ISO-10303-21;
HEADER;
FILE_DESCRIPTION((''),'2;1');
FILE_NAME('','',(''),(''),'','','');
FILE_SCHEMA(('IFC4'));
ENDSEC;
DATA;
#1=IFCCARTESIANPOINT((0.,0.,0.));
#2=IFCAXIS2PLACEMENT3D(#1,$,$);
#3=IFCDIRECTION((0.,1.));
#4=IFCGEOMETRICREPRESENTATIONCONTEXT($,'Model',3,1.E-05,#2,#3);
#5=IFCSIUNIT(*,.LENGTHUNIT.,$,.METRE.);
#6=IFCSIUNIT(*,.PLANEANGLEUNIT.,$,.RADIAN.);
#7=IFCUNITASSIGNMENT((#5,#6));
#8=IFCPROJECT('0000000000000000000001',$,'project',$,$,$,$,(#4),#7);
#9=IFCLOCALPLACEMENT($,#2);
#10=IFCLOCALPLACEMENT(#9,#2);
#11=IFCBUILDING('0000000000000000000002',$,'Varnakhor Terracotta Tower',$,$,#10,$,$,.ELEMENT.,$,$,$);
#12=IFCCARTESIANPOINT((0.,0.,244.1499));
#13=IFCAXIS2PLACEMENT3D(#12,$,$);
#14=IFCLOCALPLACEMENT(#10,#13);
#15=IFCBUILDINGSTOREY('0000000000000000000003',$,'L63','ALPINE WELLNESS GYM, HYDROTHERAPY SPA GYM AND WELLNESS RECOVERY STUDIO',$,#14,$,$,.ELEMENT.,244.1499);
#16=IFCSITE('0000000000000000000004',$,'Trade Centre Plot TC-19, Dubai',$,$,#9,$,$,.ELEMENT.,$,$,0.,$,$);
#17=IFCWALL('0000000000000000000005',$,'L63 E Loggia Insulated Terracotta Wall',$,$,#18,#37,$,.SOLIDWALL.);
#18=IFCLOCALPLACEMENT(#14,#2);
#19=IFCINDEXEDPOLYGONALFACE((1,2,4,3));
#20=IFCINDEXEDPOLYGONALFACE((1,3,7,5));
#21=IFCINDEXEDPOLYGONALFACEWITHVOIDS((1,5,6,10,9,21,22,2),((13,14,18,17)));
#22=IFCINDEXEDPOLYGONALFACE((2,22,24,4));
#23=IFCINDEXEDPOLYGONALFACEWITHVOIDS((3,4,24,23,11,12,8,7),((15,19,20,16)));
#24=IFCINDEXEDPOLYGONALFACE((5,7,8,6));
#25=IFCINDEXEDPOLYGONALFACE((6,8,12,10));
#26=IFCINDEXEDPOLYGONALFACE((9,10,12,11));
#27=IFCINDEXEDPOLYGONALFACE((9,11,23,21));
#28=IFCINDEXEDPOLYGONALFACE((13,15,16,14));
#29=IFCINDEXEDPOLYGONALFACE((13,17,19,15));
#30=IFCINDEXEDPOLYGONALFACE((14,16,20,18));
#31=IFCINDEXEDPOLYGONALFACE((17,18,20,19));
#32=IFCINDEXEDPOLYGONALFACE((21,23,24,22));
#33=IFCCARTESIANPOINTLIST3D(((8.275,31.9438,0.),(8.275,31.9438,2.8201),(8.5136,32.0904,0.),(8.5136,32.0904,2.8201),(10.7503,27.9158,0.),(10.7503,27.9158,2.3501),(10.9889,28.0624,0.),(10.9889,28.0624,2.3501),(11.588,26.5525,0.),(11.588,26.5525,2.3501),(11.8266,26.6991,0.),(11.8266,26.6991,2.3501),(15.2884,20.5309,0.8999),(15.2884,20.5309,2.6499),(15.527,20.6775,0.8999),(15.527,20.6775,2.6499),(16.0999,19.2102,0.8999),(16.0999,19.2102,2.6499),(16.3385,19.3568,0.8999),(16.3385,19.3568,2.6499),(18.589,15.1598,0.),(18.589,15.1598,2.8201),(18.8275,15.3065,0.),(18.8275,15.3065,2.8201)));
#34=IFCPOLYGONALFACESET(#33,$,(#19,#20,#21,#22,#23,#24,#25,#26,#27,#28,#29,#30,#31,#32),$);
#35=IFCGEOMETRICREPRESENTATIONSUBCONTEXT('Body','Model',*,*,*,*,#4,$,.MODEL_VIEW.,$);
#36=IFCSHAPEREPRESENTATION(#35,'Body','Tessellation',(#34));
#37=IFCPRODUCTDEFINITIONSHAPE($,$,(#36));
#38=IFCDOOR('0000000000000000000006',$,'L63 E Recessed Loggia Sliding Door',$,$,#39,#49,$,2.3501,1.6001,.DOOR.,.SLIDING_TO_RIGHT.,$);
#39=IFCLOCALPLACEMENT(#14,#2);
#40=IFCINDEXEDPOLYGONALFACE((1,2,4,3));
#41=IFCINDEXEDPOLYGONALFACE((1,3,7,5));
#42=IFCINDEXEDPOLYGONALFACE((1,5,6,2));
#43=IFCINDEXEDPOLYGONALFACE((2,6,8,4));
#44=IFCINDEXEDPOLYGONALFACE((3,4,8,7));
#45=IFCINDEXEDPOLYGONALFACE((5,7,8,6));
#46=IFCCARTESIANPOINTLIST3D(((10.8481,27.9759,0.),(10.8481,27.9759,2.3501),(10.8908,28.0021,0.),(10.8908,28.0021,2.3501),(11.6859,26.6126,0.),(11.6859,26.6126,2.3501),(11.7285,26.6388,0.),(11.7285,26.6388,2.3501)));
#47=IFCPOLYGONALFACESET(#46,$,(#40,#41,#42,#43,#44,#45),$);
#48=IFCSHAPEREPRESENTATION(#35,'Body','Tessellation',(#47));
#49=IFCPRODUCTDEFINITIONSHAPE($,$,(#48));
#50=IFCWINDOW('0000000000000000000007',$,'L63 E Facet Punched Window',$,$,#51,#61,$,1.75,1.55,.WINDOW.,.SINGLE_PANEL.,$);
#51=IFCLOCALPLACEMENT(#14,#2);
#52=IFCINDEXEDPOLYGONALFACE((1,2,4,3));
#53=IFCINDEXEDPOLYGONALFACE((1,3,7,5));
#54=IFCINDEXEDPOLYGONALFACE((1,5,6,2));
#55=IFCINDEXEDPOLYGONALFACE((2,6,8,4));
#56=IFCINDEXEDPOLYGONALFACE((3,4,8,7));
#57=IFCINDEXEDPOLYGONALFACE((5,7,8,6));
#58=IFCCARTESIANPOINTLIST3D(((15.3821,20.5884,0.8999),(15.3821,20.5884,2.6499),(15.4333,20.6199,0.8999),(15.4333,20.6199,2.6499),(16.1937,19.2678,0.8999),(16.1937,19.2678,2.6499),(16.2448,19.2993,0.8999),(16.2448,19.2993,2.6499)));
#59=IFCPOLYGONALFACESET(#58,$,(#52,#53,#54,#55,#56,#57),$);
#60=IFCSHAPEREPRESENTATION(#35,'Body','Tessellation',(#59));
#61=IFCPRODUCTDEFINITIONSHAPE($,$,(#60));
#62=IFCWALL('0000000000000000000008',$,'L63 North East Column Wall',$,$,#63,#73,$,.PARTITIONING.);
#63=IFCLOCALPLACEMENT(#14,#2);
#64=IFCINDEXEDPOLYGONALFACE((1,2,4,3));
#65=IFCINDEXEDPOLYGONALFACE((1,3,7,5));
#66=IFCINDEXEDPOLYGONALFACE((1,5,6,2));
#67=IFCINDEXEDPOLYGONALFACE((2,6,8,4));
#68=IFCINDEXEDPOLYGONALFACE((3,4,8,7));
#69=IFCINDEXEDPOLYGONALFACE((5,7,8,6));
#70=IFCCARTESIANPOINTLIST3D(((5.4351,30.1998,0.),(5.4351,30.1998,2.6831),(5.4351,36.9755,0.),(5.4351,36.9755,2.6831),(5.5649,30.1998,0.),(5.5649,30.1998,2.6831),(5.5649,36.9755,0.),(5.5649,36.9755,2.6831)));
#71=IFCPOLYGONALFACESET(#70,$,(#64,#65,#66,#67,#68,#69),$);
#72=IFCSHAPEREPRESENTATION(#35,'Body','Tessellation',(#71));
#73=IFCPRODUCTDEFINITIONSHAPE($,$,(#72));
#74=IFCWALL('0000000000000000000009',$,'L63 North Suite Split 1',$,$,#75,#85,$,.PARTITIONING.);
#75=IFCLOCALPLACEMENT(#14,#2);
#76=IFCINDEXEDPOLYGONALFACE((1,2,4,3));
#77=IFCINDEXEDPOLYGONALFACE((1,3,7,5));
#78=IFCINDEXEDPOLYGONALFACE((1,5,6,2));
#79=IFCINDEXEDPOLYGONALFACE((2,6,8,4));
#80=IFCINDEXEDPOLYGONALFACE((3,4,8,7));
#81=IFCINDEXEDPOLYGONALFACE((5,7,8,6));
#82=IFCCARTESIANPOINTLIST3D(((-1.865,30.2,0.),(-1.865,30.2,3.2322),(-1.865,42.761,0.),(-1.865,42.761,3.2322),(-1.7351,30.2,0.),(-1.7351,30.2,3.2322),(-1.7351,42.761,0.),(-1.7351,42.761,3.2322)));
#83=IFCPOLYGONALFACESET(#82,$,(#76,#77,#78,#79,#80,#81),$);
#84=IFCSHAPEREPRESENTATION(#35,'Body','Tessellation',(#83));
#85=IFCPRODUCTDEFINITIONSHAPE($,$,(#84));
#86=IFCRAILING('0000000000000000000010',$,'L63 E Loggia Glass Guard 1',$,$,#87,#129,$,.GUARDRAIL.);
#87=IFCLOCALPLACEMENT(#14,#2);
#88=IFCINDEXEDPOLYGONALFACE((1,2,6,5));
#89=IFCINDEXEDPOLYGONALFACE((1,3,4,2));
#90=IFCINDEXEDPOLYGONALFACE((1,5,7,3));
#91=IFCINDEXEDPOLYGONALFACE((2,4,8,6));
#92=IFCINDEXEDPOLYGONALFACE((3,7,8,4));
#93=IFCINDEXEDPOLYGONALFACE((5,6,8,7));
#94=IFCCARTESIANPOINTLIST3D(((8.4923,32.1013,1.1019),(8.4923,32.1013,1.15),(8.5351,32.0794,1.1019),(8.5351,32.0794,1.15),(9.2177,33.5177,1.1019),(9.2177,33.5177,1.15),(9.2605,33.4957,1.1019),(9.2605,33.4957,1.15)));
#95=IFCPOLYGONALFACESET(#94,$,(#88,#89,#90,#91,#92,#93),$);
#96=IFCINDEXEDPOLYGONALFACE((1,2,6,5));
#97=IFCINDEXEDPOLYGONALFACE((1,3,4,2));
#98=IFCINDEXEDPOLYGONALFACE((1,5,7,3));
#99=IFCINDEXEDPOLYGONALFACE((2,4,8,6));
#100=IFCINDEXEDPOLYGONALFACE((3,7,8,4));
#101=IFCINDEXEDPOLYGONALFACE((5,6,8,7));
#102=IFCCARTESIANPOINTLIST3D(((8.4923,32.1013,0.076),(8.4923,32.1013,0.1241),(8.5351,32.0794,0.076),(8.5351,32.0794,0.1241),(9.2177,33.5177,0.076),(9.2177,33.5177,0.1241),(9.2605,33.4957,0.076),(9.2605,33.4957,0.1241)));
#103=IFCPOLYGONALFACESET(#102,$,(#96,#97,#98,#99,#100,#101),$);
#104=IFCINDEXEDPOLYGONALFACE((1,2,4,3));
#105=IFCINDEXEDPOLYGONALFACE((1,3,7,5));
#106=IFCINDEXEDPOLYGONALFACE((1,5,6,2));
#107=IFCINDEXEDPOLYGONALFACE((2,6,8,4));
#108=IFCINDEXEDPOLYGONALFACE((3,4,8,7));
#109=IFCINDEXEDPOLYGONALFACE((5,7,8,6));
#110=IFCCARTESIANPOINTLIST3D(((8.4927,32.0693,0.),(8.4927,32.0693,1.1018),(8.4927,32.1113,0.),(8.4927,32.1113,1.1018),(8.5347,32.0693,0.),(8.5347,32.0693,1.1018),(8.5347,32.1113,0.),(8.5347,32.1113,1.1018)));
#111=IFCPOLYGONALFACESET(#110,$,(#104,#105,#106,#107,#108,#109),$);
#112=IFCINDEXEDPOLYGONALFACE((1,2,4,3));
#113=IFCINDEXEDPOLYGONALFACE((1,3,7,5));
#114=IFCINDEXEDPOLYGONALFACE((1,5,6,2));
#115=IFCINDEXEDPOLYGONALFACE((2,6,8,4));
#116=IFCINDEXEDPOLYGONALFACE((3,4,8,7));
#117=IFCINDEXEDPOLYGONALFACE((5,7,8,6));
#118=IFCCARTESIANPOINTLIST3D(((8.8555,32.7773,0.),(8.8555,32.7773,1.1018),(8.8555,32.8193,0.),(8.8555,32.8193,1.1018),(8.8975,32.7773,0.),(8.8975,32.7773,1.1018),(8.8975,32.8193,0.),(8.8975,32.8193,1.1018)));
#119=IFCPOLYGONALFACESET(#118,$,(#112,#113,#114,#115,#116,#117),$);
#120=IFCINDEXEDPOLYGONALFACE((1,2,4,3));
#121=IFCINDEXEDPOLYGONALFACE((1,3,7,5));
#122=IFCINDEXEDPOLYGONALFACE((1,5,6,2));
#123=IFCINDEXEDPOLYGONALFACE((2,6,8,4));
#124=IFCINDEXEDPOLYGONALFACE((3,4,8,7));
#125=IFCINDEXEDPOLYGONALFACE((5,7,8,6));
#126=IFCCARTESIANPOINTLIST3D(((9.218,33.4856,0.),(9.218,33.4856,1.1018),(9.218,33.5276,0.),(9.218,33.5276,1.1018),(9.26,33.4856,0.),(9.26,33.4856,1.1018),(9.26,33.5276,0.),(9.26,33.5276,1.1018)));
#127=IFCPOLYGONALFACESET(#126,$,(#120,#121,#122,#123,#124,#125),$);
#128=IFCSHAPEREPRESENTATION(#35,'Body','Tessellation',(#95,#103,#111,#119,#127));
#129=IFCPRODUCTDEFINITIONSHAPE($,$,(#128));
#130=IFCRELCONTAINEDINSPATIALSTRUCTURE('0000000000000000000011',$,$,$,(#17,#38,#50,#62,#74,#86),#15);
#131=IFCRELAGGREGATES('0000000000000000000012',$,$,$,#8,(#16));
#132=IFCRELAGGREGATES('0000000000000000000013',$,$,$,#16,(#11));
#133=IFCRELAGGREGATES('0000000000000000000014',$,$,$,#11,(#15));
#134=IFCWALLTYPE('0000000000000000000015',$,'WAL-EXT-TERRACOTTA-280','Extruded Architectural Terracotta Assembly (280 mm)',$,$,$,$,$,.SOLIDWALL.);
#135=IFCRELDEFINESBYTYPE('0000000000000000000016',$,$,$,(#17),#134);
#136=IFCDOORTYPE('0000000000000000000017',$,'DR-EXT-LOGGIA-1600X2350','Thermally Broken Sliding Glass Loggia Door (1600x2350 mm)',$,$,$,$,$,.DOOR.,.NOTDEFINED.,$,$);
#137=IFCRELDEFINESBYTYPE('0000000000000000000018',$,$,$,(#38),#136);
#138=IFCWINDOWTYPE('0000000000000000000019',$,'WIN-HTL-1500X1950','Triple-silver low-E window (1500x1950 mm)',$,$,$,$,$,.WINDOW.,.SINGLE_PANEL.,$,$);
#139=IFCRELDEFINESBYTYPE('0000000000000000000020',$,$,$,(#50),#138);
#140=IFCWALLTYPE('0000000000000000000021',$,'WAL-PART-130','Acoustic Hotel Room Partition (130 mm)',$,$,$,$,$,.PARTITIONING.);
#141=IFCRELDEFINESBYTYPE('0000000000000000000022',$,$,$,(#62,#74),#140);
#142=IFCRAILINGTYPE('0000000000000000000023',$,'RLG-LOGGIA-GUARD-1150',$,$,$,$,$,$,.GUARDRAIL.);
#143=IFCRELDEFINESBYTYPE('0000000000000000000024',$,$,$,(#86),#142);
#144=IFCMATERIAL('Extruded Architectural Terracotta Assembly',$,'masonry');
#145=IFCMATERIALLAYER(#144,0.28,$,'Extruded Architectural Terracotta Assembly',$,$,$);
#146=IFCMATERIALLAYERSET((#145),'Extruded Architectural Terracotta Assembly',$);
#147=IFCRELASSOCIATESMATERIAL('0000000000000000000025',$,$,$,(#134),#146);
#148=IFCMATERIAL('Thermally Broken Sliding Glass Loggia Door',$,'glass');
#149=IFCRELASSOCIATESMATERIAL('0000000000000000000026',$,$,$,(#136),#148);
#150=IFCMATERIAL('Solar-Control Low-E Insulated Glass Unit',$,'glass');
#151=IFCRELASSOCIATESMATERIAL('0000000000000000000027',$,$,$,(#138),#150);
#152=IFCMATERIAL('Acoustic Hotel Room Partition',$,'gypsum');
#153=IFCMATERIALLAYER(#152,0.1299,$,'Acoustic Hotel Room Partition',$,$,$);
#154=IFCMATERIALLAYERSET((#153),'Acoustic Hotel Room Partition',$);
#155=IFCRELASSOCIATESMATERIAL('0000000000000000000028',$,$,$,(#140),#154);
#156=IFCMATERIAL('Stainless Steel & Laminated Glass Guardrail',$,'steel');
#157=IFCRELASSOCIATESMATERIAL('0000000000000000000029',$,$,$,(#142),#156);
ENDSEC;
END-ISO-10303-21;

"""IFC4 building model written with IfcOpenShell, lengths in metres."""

from ifc_helpers import new_model, si_unit, direction, frame, frame_2d, origin, origin_2d, place, context, subcontext, project, spatial, rectangle, extrude, source, transform, mapped, material, layer, layer_set, type_object, type_shapes, element, fill, save


model = new_model("IFC4")

# Units and contexts
model_context = context("Model", 3, precision=1e-05, world=origin(), true_north=direction((0.0, 1.0)))
body_context = subcontext(model_context, "Body", "Model", "MODEL_VIEW")
ifc_project = project(units=[si_unit("LENGTHUNIT", "METRE"), si_unit("PLANEANGLEUNIT", "RADIAN")], contexts=[model_context])

# Site, building, storey
site_placement = place(None, origin())
site = spatial("IfcSite", under=ifc_project, at=site_placement, Name="Trade Centre Plot TC-19, Dubai", CompositionType="ELEMENT", RefElevation=0.0)
building_placement = place(site_placement, origin())
building = spatial("IfcBuilding", under=site, at=building_placement, Name="Varnakhor Terracotta Tower", CompositionType="ELEMENT")
storey_placement = place(building_placement, frame((0.0, 0.0, 244.1499)))
storey = spatial("IfcBuildingStorey", under=building, at=storey_placement, Name="L63", Description="ALPINE WELLNESS GYM, HYDROTHERAPY SPA GYM AND WELLNESS RECOVERY STUDIO", CompositionType="ELEMENT", Elevation=244.1499)

# Wall, openings, door, window
ifc_material_1 = material(Name="Extruded Architectural Terracotta Assembly", Category="masonry")
ifc_layer_1 = layer(ifc_material_1, 0.28, Name="Extruded Architectural Terracotta Assembly")
ifc_layer_set_1 = layer_set([ifc_layer_1], Name="Extruded Architectural Terracotta Assembly")
wall_type_1 = type_object("IfcWallType", Name="WAL-EXT-TERRACOTTA-280", Description="Extruded Architectural Terracotta Assembly (280 mm)", PredefinedType="SOLIDWALL", material=ifc_layer_set_1)
wall_1_placement = place(storey_placement, frame((8.3943, 32.0171, 0.0), z_axis=(0.0, 0.0, 1.0), x_axis=(0.523559, -0.851989, 0.0)))
wall_1 = element("IfcWall", 1, at=wall_1_placement, inside=storey, type_object=wall_type_1, Name="L63 E Loggia Insulated Terracotta Wall", PredefinedType="SOLIDWALL", context=body_context, shape_type="SweptSolid", body=[
    extrude(rectangle(XDim=19.6997, YDim=0.28, at=frame_2d((9.8499, 0.0))), origin(), (0.0, 0.0, 1.0), 2.8201),
])
opening_1_placement = place(wall_1_placement, frame((4.7278, 0.0, 0.0)))
opening_1 = element("IfcOpeningElement", 2, at=opening_1_placement, cuts=wall_1, PredefinedType="OPENING", context=body_context, shape_type="SweptSolid", body=[
    extrude(rectangle(XDim=1.6001, YDim=2.3501, at=frame_2d((0.8, 1.175))), frame((0.0, 0.1499, 0.0), z_axis=(0.0, -1.0, 0.0), x_axis=(1.0, 0.0, 0.0)), (0.0, 0.0, 1.0), 0.3),
])
opening_2_placement = place(wall_1_placement, frame((13.3958, 0.0, 0.8999)))
opening_2 = element("IfcOpeningElement", 3, at=opening_2_placement, cuts=wall_1, PredefinedType="OPENING", context=body_context, shape_type="SweptSolid", body=[
    extrude(rectangle(XDim=1.55, YDim=1.75, at=frame_2d((0.7749, 0.875))), frame((0.0, 0.1499, 0.0), z_axis=(0.0, -1.0, 0.0), x_axis=(1.0, 0.0, 0.0)), (0.0, 0.0, 1.0), 0.3),
])
ifc_material_2 = material(Name="Thermally Broken Sliding Glass Loggia Door", Category="glass")
door_type = type_object("IfcDoorType", Name="DR-EXT-LOGGIA-1600X2350", Description="Thermally Broken Sliding Glass Loggia Door (1600x2350 mm)", OperationType="NOTDEFINED", PredefinedType="DOOR", material=ifc_material_2)
shared_shape_1 = source(origin(), body_context, "Body", "SweptSolid", [
    extrude(rectangle(XDim=1.6001, YDim=2.3501, at=frame_2d((0.8, 1.175))), frame((0.0, 0.0249, 0.0), z_axis=(0.0, -1.0, 0.0), x_axis=(1.0, 0.0, 0.0)), (0.0, 0.0, 1.0), 0.05),
])
type_shapes(door_type, [shared_shape_1])
door_placement = place(opening_1_placement, origin())
door = element("IfcDoor", 4, at=door_placement, inside=storey, type_object=door_type, Name="L63 E Recessed Loggia Sliding Door", OperationType="SLIDING_TO_RIGHT", OverallHeight=2.3501, OverallWidth=1.6001, PredefinedType="DOOR", context=body_context, shape_type="MappedRepresentation", body=[
    mapped(shared_shape_1, transform((0.0, 0.0, 0.0), scale=1.0)),
])
fill(opening_1, door)
ifc_material_3 = material(Name="Solar-Control Low-E Insulated Glass Unit", Category="glass")
window_type = type_object("IfcWindowType", Name="WIN-HTL-1500X1950", Description="Triple-silver low-E window (1500x1950 mm)", PartitioningType="SINGLE_PANEL", PredefinedType="WINDOW", material=ifc_material_3)
shared_shape_2 = source(origin(), body_context, "Body", "SweptSolid", [
    extrude(rectangle(XDim=1.55, YDim=1.75, at=frame_2d((0.7749, 0.875))), frame((0.0, 0.03, 0.0), z_axis=(0.0, -1.0, 0.0), x_axis=(1.0, 0.0, 0.0)), (0.0, 0.0, 1.0), 0.0601),
])
type_shapes(window_type, [shared_shape_2])
window_placement = place(opening_2_placement, origin())
window = element("IfcWindow", 5, at=window_placement, inside=storey, type_object=window_type, Name="L63 E Facet Punched Window", OverallHeight=1.75, OverallWidth=1.55, PartitioningType="SINGLE_PANEL", PredefinedType="WINDOW", context=body_context, shape_type="MappedRepresentation", body=[
    mapped(shared_shape_2, transform((0.0, 0.0, 0.0), scale=1.0)),
])
fill(opening_2, window)

# Walls
ifc_material_4 = material(Name="Acoustic Hotel Room Partition", Category="gypsum")
ifc_layer_2 = layer(ifc_material_4, 0.1299, Name="Acoustic Hotel Room Partition")
ifc_layer_set_2 = layer_set([ifc_layer_2], Name="Acoustic Hotel Room Partition")
wall_type_2 = type_object("IfcWallType", Name="WAL-PART-130", Description="Acoustic Hotel Room Partition (130 mm)", PredefinedType="PARTITIONING", material=ifc_layer_set_2)
wall_2_placement = place(storey_placement, frame((5.5, 30.2, 0.0), z_axis=(0.0, 0.0, 1.0), x_axis=(0.0, 1.0, 0.0)))
element("IfcWall", 6, at=wall_2_placement, inside=storey, type_object=wall_type_2, Name="L63 North East Column Wall", PredefinedType="PARTITIONING", context=body_context, shape_type="SweptSolid", body=[
    extrude(rectangle(XDim=6.7756, YDim=0.1299, at=frame_2d((3.3877, 0.0))), origin(), (0.0, 0.0, 1.0), 2.6831),
])
wall_3_placement = place(storey_placement, frame((-1.8, 30.2, 0.0), z_axis=(0.0, 0.0, 1.0), x_axis=(0.0, 1.0, 0.0)))
element("IfcWall", 7, at=wall_3_placement, inside=storey, type_object=wall_type_2, Name="L63 North Suite Split 1", PredefinedType="PARTITIONING", context=body_context, shape_type="SweptSolid", body=[
    extrude(rectangle(XDim=12.561, YDim=0.1299, at=frame_2d((6.2805, 0.0))), origin(), (0.0, 0.0, 1.0), 3.2322),
])

# Railing
ifc_material_5 = material(Name="Stainless Steel & Laminated Glass Guardrail", Category="steel")
railing_type = type_object("IfcRailingType", Name="RLG-LOGGIA-GUARD-1150", PredefinedType="GUARDRAIL", material=ifc_material_5)
railing_1_placement = place(storey_placement, frame((8.5137, 32.0903, 0.0)))
element("IfcRailing", 8, at=railing_1_placement, inside=storey, type_object=railing_type, Name="L63 E Loggia Glass Guard 1", PredefinedType="GUARDRAIL", context=body_context, shape_type="SweptSolid", body=[
    extrude(rectangle(XDim=0.0481, YDim=0.0481, at=origin_2d()), frame((0.0, 0.0, 1.126), z_axis=(0.455846, 0.890059, 0.0), x_axis=(-0.890059, 0.455846, 0.0)), (0.0, 0.0, 1.0), 1.5913),
    extrude(rectangle(XDim=0.0481, YDim=0.0481, at=origin_2d()), frame((0.0, 0.0, 0.1001), z_axis=(0.455846, 0.890059, 0.0), x_axis=(-0.890059, 0.455846, 0.0)), (0.0, 0.0, 1.0), 1.5913),
    extrude(rectangle(XDim=0.042, YDim=0.042, at=origin_2d()), origin(), (0.0, 0.0, 1.0), 1.1018),
    extrude(rectangle(XDim=0.042, YDim=0.042, at=origin_2d()), frame((0.3628, 0.708, 0.0)), (0.0, 0.0, 1.0), 1.1018),
    extrude(rectangle(XDim=0.042, YDim=0.042, at=origin_2d()), frame((0.7253, 1.4163, 0.0)), (0.0, 0.0, 1.0), 1.1018),
])

save(model, "model.ifc")
